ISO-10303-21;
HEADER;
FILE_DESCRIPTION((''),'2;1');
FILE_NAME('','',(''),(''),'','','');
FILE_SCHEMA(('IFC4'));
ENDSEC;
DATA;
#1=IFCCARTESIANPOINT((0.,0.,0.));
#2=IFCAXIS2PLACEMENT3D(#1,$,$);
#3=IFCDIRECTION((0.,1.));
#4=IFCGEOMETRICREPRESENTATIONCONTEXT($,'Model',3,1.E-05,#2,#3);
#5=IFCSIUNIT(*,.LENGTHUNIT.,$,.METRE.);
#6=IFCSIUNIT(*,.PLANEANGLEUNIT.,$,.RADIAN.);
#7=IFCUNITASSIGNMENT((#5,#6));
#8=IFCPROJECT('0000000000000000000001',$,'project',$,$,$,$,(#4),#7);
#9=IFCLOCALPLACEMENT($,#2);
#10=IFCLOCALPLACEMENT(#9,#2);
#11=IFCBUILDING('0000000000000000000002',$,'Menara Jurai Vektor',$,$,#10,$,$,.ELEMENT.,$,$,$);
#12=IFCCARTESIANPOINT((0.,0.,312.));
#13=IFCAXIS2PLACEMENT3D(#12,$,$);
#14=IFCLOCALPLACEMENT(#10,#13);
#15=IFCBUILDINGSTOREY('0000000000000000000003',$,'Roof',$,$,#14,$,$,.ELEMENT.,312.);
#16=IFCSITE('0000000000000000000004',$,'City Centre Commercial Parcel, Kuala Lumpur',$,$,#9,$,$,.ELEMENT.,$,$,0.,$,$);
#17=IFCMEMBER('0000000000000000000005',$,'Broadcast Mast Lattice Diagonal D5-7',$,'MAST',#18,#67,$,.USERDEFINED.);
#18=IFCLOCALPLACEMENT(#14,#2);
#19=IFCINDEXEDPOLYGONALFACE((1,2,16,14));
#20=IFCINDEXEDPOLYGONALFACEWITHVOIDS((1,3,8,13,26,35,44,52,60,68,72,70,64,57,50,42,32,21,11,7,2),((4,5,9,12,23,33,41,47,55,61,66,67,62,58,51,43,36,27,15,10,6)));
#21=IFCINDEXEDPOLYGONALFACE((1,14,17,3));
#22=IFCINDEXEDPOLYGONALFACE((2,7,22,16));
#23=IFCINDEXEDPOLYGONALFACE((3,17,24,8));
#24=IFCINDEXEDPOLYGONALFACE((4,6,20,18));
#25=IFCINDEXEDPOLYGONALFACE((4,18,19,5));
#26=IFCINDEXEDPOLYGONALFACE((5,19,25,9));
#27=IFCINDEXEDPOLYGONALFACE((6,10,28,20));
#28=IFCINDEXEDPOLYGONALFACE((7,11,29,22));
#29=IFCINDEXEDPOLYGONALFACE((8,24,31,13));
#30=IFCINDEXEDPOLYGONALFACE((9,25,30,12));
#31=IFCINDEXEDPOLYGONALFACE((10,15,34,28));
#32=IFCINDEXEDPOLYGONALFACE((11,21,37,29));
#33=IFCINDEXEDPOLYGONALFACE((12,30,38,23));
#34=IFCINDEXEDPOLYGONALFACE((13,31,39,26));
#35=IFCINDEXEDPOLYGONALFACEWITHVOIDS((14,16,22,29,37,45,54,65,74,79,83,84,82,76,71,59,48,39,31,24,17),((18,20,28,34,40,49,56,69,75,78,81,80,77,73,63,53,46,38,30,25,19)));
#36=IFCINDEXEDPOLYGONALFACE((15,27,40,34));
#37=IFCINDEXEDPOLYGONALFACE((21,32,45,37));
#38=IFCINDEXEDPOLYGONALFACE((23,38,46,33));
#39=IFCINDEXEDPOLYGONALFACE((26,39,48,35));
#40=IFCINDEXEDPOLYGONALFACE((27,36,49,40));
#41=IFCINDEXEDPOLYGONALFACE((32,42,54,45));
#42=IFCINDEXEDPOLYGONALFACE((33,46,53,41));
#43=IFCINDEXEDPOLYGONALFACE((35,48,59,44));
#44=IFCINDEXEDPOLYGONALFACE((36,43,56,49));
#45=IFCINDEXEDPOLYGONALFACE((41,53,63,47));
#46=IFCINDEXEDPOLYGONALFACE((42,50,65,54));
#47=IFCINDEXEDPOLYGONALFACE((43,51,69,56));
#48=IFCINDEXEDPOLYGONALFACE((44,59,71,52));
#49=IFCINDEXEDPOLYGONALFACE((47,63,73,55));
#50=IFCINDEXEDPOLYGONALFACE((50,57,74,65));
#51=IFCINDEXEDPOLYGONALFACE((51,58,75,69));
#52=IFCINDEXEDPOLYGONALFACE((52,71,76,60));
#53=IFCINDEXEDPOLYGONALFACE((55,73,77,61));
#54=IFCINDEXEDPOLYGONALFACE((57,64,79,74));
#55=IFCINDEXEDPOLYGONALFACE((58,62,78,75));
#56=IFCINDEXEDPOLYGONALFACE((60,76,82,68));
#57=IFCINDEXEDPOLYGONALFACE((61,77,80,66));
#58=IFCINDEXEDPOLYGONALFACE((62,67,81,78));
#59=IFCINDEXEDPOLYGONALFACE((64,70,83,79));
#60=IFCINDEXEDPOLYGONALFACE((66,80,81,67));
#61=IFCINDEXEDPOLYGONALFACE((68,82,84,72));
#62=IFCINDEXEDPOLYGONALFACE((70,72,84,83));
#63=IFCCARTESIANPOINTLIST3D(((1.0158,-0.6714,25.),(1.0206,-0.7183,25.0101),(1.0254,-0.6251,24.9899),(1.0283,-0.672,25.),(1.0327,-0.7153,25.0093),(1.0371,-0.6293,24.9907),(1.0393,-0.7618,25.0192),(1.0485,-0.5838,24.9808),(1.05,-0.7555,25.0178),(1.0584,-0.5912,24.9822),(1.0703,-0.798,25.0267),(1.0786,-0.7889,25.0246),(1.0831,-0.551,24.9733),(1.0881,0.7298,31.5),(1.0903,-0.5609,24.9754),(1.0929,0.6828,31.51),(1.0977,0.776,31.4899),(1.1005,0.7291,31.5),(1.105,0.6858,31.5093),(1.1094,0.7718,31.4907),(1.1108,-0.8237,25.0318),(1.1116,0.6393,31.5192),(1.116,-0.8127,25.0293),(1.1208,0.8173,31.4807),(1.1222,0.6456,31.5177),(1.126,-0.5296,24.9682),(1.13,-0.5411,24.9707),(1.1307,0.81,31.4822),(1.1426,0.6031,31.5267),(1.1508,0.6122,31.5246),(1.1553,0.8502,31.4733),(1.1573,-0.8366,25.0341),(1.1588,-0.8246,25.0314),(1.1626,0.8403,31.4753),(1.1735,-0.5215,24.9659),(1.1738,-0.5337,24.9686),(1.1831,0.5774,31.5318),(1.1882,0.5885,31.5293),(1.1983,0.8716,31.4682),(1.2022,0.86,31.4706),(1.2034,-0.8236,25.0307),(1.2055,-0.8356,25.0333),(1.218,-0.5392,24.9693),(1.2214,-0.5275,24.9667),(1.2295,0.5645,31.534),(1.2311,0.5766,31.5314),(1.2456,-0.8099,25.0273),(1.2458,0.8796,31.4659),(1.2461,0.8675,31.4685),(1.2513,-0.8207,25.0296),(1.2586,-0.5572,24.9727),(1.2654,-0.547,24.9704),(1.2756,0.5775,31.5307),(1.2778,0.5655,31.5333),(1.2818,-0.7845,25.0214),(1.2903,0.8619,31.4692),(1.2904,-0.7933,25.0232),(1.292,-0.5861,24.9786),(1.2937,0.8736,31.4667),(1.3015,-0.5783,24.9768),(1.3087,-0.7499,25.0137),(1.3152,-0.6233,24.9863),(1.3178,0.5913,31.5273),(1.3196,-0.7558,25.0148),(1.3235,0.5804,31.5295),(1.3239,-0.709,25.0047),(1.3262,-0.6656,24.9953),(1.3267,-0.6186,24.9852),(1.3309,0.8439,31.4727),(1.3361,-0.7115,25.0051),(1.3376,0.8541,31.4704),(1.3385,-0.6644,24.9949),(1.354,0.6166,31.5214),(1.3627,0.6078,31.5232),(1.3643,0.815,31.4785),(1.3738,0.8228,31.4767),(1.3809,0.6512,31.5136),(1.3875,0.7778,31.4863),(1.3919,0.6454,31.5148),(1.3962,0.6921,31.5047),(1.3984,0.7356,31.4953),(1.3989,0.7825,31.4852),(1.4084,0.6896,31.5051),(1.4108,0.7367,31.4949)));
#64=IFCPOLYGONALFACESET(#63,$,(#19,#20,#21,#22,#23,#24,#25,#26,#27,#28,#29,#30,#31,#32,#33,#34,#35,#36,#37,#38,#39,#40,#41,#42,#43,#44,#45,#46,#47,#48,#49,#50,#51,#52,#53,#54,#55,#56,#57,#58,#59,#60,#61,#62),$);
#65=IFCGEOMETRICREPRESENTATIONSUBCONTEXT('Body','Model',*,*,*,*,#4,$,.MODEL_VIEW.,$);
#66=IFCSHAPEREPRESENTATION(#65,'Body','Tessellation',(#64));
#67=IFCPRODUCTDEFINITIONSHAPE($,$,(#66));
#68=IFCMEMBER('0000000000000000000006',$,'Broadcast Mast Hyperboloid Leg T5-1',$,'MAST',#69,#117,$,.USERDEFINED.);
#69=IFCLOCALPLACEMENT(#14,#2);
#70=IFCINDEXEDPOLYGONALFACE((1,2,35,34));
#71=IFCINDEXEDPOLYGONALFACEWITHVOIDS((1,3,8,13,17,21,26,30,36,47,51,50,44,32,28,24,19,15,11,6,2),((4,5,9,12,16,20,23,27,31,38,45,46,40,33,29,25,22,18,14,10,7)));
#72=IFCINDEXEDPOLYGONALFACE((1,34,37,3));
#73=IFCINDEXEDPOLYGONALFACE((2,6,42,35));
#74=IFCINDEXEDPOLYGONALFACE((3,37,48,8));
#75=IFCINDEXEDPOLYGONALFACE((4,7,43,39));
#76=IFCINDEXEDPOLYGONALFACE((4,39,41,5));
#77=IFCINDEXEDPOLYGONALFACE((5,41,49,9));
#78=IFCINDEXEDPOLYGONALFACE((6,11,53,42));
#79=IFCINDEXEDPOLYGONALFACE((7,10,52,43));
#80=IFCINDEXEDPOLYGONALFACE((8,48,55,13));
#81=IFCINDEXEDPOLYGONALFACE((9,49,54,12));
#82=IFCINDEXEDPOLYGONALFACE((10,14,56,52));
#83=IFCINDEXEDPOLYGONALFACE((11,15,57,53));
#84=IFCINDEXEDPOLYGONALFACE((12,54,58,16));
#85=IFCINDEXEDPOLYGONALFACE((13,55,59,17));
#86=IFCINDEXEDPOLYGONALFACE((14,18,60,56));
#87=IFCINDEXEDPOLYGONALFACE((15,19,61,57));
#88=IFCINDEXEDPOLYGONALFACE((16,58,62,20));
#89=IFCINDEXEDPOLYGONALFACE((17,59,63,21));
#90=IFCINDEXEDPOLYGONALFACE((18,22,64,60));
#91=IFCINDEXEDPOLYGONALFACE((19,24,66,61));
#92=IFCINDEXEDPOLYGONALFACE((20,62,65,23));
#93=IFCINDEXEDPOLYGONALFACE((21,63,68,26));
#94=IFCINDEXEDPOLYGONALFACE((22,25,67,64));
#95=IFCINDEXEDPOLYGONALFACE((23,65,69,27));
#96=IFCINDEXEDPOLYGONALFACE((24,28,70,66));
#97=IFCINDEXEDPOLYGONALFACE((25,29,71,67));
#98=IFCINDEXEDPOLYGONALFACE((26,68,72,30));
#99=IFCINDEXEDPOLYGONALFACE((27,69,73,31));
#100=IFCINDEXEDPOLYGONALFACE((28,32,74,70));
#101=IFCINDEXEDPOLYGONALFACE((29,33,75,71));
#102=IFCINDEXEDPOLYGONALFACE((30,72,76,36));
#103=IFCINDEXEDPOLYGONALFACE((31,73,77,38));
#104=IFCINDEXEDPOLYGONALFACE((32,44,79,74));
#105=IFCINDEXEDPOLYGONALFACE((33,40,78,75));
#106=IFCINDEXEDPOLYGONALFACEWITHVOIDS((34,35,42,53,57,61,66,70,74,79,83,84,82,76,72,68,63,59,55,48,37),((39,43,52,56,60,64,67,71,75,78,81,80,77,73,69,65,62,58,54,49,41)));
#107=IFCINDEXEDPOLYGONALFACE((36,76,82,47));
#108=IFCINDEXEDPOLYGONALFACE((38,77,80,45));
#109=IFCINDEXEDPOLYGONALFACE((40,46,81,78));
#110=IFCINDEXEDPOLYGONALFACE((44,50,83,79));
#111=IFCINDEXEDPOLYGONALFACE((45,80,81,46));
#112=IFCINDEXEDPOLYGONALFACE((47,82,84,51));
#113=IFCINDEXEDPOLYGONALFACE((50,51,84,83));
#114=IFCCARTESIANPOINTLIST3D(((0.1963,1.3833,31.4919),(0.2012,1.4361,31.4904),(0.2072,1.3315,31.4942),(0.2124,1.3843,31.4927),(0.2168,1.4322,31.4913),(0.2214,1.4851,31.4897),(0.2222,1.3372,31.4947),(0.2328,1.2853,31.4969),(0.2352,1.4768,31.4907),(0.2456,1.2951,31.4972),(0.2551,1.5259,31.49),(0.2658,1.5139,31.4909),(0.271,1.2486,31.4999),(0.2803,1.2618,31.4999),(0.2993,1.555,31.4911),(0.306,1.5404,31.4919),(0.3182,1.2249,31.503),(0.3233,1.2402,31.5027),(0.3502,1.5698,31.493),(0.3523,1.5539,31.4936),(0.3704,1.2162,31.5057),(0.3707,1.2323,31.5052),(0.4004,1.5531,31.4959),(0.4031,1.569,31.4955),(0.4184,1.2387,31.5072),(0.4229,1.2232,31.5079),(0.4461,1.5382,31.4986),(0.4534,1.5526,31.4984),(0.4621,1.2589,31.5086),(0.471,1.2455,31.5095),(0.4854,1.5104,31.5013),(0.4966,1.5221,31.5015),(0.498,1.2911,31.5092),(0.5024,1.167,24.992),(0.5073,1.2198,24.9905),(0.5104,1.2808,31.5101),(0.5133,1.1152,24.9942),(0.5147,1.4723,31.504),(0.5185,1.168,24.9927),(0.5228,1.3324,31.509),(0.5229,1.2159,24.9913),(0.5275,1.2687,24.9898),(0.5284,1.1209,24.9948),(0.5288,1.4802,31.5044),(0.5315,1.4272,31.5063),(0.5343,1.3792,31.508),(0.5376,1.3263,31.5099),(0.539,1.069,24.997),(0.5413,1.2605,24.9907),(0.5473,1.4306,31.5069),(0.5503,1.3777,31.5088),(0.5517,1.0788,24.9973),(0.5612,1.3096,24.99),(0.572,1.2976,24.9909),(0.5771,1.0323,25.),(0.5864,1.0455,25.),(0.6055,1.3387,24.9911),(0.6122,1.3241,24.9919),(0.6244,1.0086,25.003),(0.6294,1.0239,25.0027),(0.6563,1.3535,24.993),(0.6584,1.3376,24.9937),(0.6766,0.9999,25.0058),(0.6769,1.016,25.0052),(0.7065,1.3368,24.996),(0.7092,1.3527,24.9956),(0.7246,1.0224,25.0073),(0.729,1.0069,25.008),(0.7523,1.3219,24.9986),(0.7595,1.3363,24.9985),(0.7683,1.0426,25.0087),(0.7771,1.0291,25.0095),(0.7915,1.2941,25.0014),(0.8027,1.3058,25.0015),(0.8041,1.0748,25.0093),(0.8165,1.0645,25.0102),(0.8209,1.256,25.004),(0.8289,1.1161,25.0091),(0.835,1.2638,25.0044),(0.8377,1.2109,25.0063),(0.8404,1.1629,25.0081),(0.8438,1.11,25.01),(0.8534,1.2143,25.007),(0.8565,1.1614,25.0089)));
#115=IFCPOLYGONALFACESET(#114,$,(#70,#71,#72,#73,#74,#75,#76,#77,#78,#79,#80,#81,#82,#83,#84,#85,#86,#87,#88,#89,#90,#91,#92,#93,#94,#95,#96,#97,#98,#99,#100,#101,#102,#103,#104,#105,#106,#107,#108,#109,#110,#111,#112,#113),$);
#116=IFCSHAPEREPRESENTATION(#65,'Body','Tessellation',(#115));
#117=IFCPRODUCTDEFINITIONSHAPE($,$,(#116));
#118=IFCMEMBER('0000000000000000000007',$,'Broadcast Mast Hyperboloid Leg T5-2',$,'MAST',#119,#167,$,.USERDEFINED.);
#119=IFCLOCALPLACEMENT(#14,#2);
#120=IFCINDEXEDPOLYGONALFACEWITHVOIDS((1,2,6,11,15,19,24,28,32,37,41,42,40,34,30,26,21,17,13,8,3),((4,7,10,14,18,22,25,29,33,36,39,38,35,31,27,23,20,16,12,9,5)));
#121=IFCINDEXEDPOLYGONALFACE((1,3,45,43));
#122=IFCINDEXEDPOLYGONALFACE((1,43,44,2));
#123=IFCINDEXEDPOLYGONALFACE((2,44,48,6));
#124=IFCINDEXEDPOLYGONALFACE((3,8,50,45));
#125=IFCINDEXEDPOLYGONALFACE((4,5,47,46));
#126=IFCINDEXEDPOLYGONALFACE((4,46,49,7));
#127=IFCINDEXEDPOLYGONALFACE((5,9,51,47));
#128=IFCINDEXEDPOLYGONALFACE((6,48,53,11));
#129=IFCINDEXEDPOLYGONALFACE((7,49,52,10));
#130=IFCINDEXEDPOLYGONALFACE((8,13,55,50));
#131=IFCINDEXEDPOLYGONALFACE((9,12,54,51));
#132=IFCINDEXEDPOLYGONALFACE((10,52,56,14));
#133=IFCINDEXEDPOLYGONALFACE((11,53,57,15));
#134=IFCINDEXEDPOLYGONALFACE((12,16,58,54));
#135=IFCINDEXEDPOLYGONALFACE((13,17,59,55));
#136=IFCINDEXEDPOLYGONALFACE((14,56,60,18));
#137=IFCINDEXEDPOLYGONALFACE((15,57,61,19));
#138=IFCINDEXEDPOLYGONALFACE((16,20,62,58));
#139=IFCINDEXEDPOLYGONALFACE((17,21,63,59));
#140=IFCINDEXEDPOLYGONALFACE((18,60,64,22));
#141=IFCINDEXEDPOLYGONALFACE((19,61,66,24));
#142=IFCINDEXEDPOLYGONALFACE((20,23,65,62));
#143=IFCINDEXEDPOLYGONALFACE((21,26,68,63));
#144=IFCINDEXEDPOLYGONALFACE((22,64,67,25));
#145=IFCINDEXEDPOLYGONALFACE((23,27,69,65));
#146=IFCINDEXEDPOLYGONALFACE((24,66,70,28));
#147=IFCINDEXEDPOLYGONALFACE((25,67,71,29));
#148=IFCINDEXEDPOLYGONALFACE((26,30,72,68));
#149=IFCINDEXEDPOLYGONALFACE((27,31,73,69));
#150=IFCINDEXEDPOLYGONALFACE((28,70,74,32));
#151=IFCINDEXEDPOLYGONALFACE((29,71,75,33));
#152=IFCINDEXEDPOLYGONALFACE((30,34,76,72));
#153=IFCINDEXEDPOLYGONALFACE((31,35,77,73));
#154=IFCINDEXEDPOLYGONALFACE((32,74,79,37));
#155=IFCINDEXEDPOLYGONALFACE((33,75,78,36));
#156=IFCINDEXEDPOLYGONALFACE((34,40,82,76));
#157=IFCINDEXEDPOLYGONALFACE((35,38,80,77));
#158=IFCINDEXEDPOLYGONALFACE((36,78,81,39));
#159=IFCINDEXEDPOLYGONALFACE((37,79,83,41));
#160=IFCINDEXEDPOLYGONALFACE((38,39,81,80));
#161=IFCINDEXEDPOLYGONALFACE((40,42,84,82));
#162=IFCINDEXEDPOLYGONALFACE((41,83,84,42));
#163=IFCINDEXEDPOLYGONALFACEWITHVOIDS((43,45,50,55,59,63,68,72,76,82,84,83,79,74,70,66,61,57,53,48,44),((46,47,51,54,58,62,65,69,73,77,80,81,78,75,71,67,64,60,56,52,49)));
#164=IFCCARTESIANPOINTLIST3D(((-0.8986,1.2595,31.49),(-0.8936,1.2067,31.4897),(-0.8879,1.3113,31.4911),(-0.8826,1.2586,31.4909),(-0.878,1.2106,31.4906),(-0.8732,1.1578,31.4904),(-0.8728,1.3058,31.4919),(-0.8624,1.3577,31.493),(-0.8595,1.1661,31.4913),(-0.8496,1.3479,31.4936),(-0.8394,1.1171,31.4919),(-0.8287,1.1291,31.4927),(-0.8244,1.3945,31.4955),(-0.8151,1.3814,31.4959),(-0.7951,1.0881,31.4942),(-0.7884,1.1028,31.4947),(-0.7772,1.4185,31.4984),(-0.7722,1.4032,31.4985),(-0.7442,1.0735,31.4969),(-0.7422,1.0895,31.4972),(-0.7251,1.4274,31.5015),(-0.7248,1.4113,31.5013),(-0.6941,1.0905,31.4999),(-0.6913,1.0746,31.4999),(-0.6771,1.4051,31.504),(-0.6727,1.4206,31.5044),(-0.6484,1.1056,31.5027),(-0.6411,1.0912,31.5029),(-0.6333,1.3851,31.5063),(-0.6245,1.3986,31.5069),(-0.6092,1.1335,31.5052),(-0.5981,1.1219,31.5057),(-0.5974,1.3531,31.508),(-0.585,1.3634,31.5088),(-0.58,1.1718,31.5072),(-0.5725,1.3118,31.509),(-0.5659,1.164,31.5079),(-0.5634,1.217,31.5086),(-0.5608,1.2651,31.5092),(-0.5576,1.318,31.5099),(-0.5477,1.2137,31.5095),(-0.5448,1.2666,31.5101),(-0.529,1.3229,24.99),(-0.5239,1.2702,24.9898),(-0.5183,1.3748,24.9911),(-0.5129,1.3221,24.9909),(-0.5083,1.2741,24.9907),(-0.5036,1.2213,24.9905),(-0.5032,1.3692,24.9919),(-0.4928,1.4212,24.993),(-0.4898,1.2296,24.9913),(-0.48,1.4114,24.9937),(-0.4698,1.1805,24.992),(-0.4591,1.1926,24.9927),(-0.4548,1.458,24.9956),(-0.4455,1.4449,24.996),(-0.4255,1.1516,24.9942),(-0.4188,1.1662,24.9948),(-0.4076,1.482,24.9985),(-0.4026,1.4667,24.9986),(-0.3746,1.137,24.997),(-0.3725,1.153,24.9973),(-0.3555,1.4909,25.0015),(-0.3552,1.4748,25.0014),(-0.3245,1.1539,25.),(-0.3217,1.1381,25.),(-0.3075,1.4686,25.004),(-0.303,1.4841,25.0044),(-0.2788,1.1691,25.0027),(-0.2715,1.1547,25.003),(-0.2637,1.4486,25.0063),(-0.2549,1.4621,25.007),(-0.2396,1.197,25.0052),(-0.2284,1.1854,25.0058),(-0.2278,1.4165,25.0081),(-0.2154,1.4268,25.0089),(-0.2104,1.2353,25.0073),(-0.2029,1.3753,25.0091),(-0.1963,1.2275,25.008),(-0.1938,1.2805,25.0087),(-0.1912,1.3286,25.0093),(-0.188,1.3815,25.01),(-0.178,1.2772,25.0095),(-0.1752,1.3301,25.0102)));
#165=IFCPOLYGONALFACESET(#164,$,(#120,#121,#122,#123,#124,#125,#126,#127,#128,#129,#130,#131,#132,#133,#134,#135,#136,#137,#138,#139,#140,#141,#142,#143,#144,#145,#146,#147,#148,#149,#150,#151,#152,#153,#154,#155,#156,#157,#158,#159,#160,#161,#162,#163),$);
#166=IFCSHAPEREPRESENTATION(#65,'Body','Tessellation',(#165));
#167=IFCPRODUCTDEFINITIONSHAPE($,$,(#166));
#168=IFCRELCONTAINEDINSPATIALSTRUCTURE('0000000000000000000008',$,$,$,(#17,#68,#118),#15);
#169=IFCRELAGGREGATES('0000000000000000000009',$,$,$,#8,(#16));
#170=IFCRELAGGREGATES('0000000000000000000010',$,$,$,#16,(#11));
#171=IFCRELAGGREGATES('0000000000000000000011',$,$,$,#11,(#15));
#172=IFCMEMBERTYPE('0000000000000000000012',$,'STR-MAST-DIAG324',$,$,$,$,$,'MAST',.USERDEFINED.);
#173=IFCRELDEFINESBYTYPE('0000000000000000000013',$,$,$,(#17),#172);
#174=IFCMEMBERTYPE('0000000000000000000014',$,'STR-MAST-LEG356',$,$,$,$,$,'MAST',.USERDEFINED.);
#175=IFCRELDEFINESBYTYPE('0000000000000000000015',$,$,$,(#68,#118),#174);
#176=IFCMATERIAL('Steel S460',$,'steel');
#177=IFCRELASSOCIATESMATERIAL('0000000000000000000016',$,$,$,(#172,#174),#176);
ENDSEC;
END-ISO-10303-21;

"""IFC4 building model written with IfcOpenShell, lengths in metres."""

from ifc_helpers import new_model, si_unit, direction, frame, origin, origin_2d, place, context, subcontext, project, spatial, hollow_circle, extrude, material, material_profile, profile_set, type_object, element, save


model = new_model("IFC4")

# Units and contexts
model_context = context("Model", 3, precision=1e-05, world=origin(), true_north=direction((0.0, 1.0)))
body_context = subcontext(model_context, "Body", "Model", "MODEL_VIEW")
ifc_project = project(units=[si_unit("LENGTHUNIT", "METRE"), si_unit("PLANEANGLEUNIT", "RADIAN")], contexts=[model_context])

# Site, building, storey
site_placement = place(None, origin())
site = spatial("IfcSite", under=ifc_project, at=site_placement, Name="City Centre Commercial Parcel, Kuala Lumpur", CompositionType="ELEMENT", RefElevation=0.0)
building_placement = place(site_placement, origin())
building = spatial("IfcBuilding", under=site, at=building_placement, Name="Menara Jurai Vektor", CompositionType="ELEMENT")
storey_placement = place(building_placement, frame((0.0, 0.0, 312.0)))
storey = spatial("IfcBuildingStorey", under=building, at=storey_placement, Name="Roof", CompositionType="ELEMENT", Elevation=312.0)

# Members
ifc_material = material(Name="Steel S460", Category="steel")
ifc_material_profile_1 = material_profile(ifc_material, hollow_circle(Radius=0.1619, WallThickness=0.0125, at=origin_2d()), Name="CHS 323.9x12.5")
ifc_profile_set_1 = profile_set([ifc_material_profile_1], Name="Steel S460")
member_type_1 = type_object("IfcMemberType", Name="STR-MAST-DIAG324", ElementType="MAST", PredefinedType="USERDEFINED", material=ifc_profile_set_1)
for number, where, z_axis, x_axis, name in (
    (1, (1.1775, -0.6797, 25.0), (0.010868, 0.210705, 0.977489), (-0.998673, 0.051508, 0.0), "Broadcast Mast Lattice Diagonal D5-7"),
):
    element("IfcMember", number, at=place(storey_placement, frame(where, z_axis=z_axis, x_axis=x_axis)), inside=storey, type_object=member_type_1, Name=name, ObjectType="MAST", PredefinedType="USERDEFINED", context=body_context, shape_type="SweptSolid", body=[
        extrude(hollow_circle(Radius=0.1619, WallThickness=0.0125, at=origin_2d()), origin(), (0.0, 0.0, 1.0), 6.6497),
    ])
ifc_material_profile_2 = material_profile(ifc_material, hollow_circle(Radius=0.1777, WallThickness=0.0161, at=origin_2d()), Name="CHS 355.6x16")
ifc_profile_set_2 = profile_set([ifc_material_profile_2], Name="Steel S460")
member_type_2 = type_object("IfcMemberType", Name="STR-MAST-LEG356", ElementType="MAST", PredefinedType="USERDEFINED", material=ifc_profile_set_2)
for number, where, z_axis, x_axis, name in (
    (2, (0.6797, 1.1775, 25.0), (-0.047022, 0.033223, 0.998341), (-0.577041, -0.816715, 0.0), "Broadcast Mast Hyperboloid Leg T5-1"),
    (3, (-0.3518, 1.3132, 25.0), (-0.056772, -0.009749, 0.99834), (0.169253, -0.985573, 0.0), "Broadcast Mast Hyperboloid Leg T5-2"),
):
    element("IfcMember", number, at=place(storey_placement, frame(where, z_axis=z_axis, x_axis=x_axis)), inside=storey, type_object=member_type_2, Name=name, ObjectType="MAST", PredefinedType="USERDEFINED", context=body_context, shape_type="SweptSolid", body=[
        extrude(hollow_circle(Radius=0.1777, WallThickness=0.0161, at=origin_2d()), origin(), (0.0, 0.0, 1.0), 6.5107),
    ])

save(model, "model.ifc")
